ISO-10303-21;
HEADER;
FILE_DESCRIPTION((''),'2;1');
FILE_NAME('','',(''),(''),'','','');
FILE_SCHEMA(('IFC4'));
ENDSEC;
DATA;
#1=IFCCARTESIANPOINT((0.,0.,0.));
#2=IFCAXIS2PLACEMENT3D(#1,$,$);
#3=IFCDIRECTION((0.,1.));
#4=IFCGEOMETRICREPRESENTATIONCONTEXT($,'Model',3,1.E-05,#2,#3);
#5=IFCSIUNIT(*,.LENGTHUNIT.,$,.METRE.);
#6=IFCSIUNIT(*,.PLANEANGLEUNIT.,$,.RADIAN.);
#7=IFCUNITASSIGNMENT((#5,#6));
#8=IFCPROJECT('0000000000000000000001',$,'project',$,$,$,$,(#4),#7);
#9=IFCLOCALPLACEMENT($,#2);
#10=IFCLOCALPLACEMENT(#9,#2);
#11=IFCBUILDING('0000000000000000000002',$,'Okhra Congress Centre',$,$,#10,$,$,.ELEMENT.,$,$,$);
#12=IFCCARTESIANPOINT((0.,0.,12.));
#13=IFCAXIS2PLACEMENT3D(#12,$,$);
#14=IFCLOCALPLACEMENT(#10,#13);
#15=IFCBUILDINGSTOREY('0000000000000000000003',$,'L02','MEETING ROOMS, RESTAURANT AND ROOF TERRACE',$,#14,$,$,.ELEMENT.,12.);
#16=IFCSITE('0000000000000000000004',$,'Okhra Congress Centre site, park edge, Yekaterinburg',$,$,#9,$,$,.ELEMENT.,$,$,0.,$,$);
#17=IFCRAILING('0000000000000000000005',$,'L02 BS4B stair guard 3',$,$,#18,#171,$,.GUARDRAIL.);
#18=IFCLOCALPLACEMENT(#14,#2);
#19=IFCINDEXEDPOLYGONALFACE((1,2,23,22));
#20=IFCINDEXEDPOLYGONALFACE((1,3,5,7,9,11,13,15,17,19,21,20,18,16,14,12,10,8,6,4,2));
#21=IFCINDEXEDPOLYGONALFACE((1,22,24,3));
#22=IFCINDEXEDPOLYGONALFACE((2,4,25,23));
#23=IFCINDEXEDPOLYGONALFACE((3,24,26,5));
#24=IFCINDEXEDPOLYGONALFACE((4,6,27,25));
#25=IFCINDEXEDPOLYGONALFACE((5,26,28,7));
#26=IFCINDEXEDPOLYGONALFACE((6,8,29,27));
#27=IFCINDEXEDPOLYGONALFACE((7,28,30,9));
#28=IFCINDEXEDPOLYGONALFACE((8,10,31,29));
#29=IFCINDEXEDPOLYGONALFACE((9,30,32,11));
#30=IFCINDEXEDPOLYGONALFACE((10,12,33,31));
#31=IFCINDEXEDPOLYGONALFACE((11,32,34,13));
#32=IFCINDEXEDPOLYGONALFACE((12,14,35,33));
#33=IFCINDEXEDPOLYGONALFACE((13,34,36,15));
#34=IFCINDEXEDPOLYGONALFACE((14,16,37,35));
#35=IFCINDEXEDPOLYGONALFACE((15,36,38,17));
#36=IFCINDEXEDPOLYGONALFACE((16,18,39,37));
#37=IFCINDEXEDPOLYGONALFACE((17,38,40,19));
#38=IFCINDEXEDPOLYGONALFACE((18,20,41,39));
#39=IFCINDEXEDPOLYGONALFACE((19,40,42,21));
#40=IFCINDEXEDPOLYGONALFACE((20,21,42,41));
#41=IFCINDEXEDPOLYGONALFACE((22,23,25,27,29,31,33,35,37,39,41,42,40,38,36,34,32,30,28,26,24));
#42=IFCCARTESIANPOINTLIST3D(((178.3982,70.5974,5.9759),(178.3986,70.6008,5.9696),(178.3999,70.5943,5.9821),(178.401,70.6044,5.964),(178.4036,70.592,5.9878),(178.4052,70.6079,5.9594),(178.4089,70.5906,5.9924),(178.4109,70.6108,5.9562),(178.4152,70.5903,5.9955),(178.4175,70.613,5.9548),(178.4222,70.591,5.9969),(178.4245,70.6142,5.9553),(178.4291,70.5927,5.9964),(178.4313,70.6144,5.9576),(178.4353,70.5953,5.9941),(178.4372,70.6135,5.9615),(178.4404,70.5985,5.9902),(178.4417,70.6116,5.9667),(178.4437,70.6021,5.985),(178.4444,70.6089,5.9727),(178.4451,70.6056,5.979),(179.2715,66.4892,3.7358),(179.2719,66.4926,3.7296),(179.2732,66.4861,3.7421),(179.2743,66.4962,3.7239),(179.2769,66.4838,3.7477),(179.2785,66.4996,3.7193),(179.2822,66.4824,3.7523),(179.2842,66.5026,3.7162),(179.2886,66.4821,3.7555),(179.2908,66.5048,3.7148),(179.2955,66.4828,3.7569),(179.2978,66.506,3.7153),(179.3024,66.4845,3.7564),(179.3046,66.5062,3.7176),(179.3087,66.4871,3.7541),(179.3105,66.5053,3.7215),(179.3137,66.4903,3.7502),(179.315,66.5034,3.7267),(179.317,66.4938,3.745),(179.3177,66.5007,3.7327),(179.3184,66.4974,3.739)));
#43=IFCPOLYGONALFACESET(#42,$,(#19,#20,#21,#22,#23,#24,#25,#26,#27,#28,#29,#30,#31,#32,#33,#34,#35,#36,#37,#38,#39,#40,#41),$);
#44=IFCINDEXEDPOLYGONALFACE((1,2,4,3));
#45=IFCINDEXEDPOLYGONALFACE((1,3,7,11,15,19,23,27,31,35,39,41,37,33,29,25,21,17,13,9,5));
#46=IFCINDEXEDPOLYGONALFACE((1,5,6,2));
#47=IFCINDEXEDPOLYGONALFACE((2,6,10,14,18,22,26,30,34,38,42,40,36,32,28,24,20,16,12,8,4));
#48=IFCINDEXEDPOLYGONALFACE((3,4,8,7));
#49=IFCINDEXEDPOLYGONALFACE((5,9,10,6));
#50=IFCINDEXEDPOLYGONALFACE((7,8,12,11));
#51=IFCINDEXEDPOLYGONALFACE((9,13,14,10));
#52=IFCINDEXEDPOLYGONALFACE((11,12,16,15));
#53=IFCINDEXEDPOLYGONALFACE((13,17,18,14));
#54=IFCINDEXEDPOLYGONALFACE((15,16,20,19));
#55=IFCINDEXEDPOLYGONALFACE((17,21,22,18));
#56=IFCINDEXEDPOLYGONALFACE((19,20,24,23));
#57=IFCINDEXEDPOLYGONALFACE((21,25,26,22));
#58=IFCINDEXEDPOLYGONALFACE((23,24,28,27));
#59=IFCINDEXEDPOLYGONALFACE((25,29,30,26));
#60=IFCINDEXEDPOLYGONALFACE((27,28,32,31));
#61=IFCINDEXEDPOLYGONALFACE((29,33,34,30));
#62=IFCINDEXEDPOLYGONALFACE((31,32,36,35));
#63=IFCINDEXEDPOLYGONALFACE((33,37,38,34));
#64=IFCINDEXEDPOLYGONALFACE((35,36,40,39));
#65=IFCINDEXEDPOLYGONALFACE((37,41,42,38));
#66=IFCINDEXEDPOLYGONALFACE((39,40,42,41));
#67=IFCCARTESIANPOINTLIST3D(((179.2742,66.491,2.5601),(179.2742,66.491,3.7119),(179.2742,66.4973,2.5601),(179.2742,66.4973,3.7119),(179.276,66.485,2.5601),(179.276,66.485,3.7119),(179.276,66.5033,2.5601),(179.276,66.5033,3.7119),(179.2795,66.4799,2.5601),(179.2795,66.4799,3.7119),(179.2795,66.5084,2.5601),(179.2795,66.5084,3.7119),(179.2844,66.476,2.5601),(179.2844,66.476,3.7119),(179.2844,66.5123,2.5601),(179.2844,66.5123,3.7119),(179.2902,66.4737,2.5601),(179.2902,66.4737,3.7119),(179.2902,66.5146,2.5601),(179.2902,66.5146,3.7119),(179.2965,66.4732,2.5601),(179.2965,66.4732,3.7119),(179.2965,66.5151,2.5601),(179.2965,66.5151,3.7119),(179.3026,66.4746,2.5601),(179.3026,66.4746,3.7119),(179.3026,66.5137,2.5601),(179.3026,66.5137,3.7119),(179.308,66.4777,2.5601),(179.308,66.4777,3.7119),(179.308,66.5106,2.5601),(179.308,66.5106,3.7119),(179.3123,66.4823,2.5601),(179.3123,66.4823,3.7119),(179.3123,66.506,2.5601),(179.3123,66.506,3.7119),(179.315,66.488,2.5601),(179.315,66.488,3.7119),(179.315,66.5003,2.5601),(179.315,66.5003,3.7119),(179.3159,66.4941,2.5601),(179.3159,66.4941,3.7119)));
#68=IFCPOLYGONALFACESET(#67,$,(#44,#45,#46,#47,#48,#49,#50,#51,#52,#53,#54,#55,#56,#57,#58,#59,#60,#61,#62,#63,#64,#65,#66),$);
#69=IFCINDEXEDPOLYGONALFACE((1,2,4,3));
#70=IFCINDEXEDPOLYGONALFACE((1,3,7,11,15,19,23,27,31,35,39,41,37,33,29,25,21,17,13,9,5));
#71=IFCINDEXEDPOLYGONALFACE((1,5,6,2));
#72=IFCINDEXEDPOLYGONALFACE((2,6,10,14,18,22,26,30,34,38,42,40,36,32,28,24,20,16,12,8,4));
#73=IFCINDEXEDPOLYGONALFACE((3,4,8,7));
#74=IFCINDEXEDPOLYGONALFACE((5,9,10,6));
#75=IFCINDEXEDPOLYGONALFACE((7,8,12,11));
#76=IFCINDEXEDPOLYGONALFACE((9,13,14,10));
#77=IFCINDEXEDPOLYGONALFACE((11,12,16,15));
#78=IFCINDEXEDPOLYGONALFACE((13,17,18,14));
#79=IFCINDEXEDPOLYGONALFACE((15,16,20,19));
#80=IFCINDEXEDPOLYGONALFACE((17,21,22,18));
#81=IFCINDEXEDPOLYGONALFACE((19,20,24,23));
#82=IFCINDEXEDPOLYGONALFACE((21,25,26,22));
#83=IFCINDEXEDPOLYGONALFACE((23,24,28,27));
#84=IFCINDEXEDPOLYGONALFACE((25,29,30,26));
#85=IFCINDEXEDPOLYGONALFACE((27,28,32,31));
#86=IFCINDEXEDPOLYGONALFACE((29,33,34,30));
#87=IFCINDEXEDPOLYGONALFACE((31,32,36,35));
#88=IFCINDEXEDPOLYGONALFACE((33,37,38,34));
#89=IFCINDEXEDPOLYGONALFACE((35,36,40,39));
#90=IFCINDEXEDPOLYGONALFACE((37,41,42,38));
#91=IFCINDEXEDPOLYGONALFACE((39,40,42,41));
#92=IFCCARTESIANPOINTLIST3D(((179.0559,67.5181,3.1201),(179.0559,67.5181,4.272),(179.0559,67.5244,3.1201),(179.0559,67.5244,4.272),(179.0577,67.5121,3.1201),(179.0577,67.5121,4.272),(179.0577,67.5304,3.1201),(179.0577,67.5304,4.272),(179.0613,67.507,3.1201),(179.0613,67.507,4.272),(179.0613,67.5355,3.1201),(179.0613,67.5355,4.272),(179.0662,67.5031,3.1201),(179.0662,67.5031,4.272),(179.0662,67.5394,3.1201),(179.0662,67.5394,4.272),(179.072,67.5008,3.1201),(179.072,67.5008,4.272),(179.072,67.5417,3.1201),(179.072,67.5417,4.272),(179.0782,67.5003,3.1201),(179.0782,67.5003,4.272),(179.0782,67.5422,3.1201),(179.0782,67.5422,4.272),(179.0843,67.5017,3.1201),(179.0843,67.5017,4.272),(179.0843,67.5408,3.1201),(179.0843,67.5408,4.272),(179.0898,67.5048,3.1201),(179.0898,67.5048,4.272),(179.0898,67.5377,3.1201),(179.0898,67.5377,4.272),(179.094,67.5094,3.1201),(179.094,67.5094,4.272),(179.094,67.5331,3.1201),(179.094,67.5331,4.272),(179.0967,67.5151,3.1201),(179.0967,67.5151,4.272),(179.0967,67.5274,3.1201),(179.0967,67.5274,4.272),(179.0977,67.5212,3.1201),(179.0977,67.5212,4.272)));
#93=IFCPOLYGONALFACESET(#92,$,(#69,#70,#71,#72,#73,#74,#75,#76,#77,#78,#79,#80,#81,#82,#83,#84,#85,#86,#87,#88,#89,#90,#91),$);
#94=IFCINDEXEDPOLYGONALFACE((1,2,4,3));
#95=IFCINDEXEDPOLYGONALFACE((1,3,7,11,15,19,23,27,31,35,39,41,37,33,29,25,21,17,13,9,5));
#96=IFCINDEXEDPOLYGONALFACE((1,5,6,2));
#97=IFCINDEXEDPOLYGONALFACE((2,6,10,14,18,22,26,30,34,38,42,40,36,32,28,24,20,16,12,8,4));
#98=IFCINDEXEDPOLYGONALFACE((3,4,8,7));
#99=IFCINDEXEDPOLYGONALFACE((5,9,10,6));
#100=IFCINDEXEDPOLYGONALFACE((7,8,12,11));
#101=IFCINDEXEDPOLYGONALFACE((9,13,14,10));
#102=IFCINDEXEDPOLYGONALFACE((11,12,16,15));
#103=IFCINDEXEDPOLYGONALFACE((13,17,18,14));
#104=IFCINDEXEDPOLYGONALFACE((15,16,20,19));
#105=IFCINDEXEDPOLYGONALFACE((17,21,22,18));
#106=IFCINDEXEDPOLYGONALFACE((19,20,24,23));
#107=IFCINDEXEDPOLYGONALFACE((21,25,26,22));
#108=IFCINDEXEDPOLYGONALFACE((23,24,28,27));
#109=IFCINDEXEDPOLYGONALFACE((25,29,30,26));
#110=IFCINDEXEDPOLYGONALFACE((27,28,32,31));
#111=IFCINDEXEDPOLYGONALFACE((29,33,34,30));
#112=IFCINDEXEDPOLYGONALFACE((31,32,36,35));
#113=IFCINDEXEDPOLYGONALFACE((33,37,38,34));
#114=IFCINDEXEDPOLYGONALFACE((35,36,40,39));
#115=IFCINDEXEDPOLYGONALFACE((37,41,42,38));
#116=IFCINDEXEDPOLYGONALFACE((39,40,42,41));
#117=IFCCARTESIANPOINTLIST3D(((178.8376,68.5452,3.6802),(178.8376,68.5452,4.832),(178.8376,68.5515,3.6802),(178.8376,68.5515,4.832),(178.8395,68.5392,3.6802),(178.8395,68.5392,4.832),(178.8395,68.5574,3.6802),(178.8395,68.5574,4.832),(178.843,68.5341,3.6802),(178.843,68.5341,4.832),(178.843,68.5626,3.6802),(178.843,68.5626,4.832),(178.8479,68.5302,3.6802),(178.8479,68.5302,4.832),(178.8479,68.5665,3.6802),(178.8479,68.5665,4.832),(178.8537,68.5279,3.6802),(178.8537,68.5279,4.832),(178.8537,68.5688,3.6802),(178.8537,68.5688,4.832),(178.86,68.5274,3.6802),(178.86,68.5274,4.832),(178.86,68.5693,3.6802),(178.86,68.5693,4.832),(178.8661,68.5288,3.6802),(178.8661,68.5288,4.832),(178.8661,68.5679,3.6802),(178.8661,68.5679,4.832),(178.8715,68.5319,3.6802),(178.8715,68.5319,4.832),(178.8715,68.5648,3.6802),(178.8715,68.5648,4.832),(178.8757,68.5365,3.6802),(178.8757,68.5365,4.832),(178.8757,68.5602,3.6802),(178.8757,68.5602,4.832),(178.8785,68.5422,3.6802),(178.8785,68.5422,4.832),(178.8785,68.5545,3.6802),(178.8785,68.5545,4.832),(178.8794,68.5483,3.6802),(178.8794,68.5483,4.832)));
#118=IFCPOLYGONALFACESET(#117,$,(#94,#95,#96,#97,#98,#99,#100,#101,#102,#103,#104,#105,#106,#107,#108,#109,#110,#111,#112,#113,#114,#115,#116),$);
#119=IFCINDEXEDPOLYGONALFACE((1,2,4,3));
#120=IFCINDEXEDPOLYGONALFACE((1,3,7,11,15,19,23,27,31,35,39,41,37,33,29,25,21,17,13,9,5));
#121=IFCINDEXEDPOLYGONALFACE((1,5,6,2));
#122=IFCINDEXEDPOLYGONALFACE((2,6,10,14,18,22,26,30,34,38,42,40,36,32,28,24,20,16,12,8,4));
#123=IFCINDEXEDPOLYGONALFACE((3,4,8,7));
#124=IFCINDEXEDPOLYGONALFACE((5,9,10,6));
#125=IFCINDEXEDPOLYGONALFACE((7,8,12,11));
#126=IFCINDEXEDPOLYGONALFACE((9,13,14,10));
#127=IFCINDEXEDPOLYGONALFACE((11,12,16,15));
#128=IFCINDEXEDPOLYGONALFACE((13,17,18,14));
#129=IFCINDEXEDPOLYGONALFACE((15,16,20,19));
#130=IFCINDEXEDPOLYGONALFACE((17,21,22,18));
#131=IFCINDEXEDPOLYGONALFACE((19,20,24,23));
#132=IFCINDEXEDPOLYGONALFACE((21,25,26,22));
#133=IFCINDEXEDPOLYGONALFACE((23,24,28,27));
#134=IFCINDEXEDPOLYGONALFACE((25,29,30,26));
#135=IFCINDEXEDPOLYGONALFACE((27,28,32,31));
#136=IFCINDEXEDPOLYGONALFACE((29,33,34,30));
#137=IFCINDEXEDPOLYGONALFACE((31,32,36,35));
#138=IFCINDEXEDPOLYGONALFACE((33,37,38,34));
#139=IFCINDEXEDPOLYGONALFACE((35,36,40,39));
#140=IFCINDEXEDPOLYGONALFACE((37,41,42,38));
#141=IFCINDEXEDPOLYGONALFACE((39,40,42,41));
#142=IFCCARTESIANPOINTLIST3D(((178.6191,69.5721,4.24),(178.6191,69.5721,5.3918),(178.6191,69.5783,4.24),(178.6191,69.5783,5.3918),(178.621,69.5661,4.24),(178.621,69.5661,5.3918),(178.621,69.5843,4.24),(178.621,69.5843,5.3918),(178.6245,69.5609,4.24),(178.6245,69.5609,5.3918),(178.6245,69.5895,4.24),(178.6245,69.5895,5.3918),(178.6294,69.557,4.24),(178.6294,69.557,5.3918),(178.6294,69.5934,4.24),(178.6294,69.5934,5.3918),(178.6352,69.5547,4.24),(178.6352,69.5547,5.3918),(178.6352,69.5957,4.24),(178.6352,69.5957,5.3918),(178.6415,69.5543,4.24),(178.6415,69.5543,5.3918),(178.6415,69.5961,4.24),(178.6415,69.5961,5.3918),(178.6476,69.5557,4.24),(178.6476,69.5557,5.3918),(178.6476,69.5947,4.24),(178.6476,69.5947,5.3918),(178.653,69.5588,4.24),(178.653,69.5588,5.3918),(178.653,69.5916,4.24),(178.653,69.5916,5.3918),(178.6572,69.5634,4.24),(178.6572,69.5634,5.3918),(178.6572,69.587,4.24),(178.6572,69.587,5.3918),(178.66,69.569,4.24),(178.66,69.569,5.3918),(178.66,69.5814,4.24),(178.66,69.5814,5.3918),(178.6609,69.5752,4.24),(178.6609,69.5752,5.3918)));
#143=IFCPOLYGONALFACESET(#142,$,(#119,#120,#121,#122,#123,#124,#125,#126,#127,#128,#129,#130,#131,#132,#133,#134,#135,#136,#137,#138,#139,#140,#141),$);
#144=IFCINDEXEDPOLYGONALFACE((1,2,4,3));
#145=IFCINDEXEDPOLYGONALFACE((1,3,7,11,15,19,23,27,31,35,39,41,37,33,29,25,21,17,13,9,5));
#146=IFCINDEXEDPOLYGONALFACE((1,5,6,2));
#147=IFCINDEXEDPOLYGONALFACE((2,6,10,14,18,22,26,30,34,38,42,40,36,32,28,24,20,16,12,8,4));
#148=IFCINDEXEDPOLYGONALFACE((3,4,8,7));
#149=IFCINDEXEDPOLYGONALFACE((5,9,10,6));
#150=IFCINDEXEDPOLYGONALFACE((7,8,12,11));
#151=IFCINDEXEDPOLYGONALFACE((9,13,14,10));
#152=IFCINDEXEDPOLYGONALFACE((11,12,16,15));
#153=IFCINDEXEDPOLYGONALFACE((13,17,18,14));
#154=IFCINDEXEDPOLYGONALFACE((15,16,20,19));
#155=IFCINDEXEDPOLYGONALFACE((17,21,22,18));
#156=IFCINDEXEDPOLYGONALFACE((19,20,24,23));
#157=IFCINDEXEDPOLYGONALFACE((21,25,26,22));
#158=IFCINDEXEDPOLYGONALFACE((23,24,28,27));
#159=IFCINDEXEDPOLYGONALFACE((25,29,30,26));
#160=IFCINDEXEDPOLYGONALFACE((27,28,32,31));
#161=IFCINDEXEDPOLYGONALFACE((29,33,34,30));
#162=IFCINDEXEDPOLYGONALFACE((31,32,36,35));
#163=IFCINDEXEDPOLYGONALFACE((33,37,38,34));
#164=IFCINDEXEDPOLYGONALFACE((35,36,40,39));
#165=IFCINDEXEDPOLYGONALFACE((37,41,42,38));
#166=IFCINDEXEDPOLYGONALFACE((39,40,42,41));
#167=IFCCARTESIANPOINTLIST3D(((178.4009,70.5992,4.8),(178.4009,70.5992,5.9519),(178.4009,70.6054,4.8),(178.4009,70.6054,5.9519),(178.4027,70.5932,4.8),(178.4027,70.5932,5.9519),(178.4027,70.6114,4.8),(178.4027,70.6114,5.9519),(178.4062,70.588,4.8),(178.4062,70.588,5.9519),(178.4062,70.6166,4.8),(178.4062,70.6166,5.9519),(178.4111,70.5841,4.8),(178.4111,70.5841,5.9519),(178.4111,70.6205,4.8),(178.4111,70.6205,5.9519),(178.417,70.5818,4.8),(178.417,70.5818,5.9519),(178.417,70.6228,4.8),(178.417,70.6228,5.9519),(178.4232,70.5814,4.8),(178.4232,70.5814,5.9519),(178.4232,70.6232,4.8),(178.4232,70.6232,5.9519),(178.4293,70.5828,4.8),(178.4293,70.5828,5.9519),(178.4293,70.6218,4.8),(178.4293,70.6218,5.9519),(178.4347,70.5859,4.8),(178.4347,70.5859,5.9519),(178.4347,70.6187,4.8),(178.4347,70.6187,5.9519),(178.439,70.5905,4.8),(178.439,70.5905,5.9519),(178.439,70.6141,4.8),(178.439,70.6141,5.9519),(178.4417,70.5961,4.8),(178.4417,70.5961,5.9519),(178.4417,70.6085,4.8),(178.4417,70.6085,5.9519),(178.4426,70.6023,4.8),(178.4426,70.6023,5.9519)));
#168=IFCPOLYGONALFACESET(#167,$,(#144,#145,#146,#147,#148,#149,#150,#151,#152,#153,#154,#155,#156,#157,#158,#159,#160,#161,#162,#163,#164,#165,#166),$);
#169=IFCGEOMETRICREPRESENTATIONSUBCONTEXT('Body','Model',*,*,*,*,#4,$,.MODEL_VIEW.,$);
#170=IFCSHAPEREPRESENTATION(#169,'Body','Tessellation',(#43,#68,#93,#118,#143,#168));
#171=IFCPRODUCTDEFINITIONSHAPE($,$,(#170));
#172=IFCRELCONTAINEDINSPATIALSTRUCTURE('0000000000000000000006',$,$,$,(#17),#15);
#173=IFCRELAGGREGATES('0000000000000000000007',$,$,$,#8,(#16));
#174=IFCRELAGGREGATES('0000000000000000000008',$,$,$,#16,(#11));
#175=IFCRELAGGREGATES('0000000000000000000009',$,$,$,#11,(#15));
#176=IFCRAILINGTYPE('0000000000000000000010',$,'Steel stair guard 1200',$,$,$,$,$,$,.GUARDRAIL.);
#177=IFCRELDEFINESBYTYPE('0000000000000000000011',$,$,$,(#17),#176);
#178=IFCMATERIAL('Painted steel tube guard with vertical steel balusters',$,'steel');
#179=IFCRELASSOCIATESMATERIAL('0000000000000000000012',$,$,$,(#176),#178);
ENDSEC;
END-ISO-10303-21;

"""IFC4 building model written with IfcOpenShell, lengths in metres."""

from ifc_helpers import new_model, si_unit, direction, frame, origin, origin_2d, place, context, subcontext, project, spatial, circle, extrude, material, type_object, element, save


model = new_model("IFC4")

# Units and contexts
model_context = context("Model", 3, precision=1e-05, world=origin(), true_north=direction((0.0, 1.0)))
body_context = subcontext(model_context, "Body", "Model", "MODEL_VIEW")
ifc_project = project(units=[si_unit("LENGTHUNIT", "METRE"), si_unit("PLANEANGLEUNIT", "RADIAN")], contexts=[model_context])

# Site, building, storey
site_placement = place(None, origin())
site = spatial("IfcSite", under=ifc_project, at=site_placement, Name="Okhra Congress Centre site, park edge, Yekaterinburg", CompositionType="ELEMENT", RefElevation=0.0)
building_placement = place(site_placement, origin())
building = spatial("IfcBuilding", under=site, at=building_placement, Name="Okhra Congress Centre", CompositionType="ELEMENT")
storey_placement = place(building_placement, frame((0.0, 0.0, 12.0)))
storey = spatial("IfcBuildingStorey", under=building, at=storey_placement, Name="L02", Description="MEETING ROOMS, RESTAURANT AND ROOF TERRACE", CompositionType="ELEMENT", Elevation=12.0)

# Railing
ifc_material_1 = material(Name="Painted steel tube guard with vertical steel balusters", Category="steel")
railing_type_1 = type_object("IfcRailingType", Name="Steel stair guard 1200", PredefinedType="GUARDRAIL", material=ifc_material_1)
railing_1_placement = place(storey_placement, frame((179.2949, 66.4941, 2.5601)))
element("IfcRailing", 1, at=railing_1_placement, inside=storey, type_object=railing_type_1, Name="L02 BS4B stair guard 3", PredefinedType="GUARDRAIL", context=body_context, shape_type="SweptSolid", body=[
    extrude(circle(Radius=0.0239, at=origin_2d()), frame((0.0, 0.0, 1.1758), z_axis=(-0.183466, 0.863067, 0.470591), x_axis=(-0.978144, -0.207929, 0.0)), (0.0, 0.0, 1.0), 4.76),
    extrude(circle(Radius=0.021, at=origin_2d()), origin(), (0.0, 0.0, 1.0), 1.1519),
    extrude(circle(Radius=0.021, at=origin_2d()), frame((-0.2183, 1.0271, 0.5601)), (0.0, 0.0, 1.0), 1.1519),
    extrude(circle(Radius=0.021, at=origin_2d()), frame((-0.4365, 2.0542, 1.1201)), (0.0, 0.0, 1.0), 1.1519),
    extrude(circle(Radius=0.021, at=origin_2d()), frame((-0.655, 3.0811, 1.6799)), (0.0, 0.0, 1.0), 1.1519),
    extrude(circle(Radius=0.021, at=origin_2d()), frame((-0.8733, 4.1082, 2.24)), (0.0, 0.0, 1.0), 1.1519),
])

save(model, "model.ifc")
